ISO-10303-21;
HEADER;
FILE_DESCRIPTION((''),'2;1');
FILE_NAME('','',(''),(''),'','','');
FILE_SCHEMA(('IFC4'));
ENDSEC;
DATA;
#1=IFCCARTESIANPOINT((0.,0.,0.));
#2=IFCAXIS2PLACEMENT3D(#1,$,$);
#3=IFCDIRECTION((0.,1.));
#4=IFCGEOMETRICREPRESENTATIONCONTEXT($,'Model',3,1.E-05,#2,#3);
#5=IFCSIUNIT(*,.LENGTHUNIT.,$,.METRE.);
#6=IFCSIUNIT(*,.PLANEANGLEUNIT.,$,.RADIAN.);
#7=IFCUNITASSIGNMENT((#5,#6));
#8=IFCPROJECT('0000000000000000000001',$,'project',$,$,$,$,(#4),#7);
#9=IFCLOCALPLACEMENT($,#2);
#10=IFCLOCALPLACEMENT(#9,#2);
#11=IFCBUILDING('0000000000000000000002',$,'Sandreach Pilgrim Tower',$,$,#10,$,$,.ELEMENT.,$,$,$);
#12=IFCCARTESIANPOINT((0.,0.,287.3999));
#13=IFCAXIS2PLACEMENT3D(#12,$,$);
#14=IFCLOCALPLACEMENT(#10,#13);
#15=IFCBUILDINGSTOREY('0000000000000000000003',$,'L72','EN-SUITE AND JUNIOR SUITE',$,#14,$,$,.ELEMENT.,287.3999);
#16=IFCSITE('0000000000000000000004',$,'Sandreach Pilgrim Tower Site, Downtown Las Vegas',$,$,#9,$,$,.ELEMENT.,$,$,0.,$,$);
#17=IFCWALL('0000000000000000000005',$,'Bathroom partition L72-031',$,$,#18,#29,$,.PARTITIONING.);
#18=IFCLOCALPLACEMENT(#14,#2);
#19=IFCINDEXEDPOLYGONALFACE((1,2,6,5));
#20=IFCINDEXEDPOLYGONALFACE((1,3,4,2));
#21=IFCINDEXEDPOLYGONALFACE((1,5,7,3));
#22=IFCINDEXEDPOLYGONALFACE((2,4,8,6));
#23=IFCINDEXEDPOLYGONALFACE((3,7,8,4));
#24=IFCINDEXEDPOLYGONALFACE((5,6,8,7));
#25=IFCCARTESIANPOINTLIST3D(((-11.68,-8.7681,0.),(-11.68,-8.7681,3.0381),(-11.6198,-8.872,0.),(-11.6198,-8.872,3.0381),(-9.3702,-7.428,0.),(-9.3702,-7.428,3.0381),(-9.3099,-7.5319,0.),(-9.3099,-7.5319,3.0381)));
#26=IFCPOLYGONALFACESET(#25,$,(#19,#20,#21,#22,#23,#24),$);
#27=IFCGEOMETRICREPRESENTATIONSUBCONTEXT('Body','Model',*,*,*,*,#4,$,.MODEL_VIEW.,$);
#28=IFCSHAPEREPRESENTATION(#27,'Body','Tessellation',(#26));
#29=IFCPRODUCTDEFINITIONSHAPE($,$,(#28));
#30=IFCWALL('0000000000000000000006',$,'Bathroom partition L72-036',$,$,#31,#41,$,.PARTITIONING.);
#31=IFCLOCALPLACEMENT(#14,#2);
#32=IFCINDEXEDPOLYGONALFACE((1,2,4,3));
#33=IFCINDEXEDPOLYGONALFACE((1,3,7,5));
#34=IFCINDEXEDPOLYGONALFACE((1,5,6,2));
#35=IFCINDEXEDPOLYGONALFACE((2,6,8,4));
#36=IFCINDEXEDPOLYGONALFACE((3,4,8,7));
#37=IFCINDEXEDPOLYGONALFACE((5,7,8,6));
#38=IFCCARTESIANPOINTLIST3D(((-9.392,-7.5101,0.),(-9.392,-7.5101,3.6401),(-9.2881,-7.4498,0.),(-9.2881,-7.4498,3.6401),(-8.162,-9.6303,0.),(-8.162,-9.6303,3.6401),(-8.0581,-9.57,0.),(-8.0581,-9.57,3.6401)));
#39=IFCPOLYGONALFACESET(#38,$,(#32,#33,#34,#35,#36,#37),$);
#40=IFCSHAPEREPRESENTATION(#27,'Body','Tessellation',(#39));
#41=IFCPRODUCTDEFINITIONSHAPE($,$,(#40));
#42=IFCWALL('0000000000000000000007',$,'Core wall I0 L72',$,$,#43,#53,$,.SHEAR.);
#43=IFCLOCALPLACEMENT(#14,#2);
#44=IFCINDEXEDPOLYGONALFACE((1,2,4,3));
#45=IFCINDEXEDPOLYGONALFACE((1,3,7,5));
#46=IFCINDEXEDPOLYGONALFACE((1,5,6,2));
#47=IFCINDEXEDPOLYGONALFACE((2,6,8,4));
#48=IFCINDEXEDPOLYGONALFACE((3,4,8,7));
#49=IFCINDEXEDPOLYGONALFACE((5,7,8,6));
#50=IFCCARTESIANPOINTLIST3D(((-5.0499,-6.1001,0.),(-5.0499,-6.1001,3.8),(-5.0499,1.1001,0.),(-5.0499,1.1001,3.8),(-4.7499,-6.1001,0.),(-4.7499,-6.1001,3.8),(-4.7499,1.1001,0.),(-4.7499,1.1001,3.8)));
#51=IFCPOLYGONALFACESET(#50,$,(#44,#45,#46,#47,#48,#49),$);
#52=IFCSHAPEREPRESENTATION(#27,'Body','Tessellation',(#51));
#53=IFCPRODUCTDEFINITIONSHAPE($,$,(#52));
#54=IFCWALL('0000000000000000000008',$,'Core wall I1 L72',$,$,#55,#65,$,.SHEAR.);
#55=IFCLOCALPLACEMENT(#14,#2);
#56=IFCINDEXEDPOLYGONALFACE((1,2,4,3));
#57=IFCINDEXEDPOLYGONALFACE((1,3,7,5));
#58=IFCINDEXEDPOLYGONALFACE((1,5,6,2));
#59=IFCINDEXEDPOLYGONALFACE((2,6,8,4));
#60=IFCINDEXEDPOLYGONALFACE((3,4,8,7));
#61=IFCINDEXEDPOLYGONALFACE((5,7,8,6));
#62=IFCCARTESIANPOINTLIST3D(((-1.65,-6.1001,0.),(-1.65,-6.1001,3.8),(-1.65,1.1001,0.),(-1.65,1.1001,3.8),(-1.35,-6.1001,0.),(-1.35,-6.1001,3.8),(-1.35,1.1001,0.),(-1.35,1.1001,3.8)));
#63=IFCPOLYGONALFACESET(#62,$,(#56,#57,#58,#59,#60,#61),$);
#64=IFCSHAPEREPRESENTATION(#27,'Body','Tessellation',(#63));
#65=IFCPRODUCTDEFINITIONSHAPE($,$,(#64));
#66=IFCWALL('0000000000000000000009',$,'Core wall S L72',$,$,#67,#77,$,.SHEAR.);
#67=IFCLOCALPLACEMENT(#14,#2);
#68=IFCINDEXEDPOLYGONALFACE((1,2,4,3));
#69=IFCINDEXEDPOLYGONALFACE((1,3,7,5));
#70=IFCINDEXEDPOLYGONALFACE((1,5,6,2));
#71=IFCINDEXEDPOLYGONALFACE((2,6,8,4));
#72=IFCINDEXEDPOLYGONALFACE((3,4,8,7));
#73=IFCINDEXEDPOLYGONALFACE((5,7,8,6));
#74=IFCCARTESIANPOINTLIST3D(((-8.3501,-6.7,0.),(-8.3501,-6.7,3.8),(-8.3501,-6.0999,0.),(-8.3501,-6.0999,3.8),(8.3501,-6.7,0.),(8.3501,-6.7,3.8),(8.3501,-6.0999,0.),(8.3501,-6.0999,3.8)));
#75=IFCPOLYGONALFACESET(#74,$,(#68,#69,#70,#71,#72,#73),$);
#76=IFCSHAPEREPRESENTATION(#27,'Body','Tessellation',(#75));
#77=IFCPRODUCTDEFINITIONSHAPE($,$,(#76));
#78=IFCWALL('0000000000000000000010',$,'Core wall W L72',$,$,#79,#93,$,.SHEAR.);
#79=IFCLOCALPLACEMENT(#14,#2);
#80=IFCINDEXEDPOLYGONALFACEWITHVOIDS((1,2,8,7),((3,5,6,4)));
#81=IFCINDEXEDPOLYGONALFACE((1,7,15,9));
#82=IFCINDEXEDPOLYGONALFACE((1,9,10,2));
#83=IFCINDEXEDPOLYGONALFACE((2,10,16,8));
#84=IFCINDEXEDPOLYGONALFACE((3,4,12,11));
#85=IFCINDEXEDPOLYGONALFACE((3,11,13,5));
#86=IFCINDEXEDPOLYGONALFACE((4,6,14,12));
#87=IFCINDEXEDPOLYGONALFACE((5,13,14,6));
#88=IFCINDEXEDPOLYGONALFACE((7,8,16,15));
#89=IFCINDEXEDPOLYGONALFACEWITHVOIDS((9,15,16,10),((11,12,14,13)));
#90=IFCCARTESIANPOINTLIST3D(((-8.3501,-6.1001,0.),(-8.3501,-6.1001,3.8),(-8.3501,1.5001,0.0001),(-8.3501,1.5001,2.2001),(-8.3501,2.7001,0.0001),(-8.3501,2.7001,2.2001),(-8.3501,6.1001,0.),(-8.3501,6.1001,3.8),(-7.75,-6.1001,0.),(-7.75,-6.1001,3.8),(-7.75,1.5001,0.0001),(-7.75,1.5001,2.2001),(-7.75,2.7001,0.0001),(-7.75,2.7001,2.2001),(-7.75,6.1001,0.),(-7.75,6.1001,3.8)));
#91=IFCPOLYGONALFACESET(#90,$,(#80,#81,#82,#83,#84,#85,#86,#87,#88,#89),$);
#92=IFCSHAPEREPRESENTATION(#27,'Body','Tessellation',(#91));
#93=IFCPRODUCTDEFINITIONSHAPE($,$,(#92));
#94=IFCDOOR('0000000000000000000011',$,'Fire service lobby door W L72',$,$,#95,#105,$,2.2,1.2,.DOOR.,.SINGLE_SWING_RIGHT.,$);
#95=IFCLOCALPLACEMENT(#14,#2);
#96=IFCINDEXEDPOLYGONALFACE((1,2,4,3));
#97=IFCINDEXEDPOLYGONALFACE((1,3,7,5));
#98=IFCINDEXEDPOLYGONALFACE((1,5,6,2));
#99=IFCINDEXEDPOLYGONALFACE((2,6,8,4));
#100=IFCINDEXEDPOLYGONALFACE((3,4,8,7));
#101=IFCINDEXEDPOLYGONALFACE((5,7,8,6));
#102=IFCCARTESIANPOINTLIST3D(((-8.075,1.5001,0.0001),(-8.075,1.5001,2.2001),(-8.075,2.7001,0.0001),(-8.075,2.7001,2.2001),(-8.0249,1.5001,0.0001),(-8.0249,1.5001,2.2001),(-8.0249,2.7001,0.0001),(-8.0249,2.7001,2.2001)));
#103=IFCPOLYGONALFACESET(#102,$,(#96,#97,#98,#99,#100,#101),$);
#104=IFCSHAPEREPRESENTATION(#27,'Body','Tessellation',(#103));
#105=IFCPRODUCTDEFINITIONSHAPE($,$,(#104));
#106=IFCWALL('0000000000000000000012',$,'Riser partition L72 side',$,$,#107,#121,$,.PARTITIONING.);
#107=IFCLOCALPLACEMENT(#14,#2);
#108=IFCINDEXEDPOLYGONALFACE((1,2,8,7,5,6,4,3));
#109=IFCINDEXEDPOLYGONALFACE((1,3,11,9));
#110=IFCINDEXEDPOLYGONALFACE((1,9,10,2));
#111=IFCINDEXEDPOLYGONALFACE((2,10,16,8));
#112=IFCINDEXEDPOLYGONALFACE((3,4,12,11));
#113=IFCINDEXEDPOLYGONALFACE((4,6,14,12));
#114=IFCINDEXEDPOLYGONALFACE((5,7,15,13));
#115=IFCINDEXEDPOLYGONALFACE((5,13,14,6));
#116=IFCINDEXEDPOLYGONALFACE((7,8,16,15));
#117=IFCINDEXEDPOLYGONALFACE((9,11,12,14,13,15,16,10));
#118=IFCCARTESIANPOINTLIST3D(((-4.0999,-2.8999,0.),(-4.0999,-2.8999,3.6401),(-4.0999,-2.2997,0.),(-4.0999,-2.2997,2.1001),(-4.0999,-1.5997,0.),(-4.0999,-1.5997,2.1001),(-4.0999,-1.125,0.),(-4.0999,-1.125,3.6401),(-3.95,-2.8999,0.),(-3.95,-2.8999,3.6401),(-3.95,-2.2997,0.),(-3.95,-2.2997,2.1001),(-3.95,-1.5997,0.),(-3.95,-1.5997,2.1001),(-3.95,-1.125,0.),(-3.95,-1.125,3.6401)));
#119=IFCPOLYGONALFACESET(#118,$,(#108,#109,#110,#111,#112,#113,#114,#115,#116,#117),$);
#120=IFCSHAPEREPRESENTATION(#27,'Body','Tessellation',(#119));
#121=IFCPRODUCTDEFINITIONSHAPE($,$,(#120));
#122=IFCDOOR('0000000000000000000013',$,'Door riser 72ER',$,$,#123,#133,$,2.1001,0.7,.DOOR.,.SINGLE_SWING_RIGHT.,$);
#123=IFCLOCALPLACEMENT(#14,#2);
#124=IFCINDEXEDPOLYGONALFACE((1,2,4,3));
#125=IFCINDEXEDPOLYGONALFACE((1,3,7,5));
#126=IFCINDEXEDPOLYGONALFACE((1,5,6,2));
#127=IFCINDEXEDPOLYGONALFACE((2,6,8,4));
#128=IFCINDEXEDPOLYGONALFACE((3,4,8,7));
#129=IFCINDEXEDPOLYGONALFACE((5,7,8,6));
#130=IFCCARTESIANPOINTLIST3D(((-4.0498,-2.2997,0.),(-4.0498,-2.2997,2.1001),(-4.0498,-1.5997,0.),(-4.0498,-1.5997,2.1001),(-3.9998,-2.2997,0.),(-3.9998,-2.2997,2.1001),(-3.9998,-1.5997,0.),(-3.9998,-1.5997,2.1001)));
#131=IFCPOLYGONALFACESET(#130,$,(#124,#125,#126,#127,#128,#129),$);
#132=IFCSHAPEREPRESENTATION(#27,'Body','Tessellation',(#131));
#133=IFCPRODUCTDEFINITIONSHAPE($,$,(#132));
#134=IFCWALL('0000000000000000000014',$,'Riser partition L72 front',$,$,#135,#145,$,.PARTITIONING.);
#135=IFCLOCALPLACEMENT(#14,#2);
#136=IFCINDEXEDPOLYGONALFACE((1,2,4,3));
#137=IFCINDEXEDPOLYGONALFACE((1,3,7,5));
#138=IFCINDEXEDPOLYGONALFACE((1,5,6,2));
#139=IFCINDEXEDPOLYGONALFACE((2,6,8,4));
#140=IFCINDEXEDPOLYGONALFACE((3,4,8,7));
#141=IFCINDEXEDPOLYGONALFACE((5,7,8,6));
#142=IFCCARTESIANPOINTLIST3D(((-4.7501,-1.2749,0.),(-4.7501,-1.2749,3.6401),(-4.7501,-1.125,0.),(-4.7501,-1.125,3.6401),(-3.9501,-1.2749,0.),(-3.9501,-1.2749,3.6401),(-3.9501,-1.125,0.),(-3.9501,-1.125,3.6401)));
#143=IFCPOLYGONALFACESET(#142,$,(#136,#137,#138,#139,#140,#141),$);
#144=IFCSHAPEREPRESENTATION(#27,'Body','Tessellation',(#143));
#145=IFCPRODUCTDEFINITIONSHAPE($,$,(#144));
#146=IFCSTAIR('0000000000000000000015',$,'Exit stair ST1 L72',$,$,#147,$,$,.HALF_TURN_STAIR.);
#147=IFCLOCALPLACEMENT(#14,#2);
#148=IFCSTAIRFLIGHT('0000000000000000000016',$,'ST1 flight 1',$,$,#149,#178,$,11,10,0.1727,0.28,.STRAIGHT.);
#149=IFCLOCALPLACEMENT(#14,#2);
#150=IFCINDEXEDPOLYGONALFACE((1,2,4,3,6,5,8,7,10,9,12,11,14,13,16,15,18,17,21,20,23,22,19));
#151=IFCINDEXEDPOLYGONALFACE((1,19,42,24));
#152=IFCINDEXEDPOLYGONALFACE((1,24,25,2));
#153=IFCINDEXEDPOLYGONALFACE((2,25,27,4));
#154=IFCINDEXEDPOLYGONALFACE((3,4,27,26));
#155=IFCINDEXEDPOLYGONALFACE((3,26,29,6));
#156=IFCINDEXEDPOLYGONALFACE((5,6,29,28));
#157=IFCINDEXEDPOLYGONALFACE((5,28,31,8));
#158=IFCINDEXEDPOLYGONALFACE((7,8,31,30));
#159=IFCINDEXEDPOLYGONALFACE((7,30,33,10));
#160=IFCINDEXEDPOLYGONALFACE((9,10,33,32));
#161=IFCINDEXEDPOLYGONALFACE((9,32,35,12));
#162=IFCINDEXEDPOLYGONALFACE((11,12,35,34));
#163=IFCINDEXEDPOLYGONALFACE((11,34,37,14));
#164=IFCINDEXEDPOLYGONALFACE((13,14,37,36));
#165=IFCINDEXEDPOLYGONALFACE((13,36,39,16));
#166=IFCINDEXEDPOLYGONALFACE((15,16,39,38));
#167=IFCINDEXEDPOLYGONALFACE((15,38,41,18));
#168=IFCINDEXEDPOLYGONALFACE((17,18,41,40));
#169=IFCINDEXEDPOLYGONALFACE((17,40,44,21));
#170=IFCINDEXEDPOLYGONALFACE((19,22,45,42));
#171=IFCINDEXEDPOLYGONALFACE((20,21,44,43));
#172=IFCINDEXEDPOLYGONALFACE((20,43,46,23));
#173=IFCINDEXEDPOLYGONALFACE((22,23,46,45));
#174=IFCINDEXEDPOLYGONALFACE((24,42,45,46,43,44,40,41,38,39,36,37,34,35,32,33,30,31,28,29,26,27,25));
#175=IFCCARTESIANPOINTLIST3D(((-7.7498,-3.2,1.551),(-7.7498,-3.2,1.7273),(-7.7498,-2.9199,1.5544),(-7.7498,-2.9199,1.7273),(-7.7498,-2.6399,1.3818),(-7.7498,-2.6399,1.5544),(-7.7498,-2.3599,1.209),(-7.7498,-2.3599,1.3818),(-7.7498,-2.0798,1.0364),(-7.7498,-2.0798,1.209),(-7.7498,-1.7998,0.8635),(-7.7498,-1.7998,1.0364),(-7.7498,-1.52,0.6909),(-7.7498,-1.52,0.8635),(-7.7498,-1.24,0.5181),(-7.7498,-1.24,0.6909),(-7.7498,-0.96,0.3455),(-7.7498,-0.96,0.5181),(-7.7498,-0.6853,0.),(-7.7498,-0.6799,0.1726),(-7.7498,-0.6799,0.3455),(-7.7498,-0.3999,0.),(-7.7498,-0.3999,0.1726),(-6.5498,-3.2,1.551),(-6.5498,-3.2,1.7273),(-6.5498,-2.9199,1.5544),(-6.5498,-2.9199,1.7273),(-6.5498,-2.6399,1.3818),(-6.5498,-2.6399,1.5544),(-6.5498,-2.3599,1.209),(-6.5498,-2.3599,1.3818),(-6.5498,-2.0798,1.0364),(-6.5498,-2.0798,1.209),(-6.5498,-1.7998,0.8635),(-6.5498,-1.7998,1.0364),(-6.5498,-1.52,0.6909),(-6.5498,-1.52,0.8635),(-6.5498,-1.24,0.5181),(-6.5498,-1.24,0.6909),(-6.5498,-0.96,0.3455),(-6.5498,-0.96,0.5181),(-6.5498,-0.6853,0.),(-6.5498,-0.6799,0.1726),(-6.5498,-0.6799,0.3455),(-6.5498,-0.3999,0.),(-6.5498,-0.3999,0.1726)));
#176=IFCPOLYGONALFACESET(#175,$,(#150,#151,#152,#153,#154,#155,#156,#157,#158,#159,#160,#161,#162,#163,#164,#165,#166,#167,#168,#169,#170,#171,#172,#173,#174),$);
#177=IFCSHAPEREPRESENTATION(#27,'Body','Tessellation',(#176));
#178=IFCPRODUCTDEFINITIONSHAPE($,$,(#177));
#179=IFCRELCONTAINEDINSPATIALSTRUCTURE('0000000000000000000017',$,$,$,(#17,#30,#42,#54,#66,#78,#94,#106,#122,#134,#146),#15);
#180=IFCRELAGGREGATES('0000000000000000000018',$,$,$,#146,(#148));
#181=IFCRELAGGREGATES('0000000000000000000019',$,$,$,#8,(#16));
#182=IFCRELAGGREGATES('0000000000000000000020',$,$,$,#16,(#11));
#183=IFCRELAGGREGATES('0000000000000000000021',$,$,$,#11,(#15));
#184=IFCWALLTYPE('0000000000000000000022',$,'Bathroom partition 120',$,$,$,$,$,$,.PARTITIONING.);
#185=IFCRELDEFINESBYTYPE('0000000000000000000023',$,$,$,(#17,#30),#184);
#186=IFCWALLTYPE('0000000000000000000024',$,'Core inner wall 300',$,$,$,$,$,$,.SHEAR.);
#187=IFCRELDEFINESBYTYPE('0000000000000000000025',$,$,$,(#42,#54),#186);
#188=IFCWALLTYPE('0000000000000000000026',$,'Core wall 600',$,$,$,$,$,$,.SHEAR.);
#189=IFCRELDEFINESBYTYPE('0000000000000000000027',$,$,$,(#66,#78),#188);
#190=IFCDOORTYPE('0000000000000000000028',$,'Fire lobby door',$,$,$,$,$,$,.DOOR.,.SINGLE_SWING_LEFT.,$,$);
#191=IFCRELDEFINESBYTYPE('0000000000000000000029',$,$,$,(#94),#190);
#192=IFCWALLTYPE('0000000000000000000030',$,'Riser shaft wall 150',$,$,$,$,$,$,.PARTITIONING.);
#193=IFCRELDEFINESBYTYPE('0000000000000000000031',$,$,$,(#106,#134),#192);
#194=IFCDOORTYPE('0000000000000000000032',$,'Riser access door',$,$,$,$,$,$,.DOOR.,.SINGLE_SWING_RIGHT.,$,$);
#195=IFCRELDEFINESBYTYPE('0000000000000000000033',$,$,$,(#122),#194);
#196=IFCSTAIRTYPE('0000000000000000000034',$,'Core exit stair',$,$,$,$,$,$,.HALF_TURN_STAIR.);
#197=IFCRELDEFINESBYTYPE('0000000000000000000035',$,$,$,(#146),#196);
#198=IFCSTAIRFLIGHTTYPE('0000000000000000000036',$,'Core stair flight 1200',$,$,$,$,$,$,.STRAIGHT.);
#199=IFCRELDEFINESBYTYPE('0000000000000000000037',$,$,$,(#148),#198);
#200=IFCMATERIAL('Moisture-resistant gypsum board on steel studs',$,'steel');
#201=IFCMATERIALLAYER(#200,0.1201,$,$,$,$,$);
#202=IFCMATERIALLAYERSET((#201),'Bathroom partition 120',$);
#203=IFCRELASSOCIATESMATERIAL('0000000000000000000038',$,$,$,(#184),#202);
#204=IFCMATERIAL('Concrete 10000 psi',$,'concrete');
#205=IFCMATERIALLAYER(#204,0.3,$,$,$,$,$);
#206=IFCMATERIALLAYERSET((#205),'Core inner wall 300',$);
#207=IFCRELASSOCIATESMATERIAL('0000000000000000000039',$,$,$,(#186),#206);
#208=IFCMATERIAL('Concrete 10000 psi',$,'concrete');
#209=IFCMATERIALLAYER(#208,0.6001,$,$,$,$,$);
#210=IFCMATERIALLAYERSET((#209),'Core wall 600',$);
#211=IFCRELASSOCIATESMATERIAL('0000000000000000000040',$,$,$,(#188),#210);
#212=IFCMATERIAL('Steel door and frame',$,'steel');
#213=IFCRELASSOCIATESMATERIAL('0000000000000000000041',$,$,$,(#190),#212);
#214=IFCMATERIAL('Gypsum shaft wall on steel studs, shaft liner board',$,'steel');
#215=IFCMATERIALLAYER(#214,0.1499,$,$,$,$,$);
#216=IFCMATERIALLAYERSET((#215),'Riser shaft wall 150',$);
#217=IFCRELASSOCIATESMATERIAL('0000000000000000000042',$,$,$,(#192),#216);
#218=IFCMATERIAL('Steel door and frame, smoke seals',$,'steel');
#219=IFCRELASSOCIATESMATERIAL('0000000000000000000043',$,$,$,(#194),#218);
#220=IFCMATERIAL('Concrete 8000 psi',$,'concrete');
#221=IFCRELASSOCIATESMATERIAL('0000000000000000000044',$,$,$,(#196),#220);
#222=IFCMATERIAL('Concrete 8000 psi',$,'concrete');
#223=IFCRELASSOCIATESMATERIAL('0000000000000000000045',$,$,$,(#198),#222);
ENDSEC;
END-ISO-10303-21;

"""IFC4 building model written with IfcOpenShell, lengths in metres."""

from ifc_helpers import new_model, si_unit, direction, frame, frame_2d, origin, place, context, subcontext, project, spatial, polyline, rectangle, outline, extrude, material, layer, layer_set, type_object, element, fill, aggregate, save


model = new_model("IFC4")

# Units and contexts
model_context = context("Model", 3, precision=1e-05, world=origin(), true_north=direction((0.0, 1.0)))
body_context = subcontext(model_context, "Body", "Model", "MODEL_VIEW")
ifc_project = project(units=[si_unit("LENGTHUNIT", "METRE"), si_unit("PLANEANGLEUNIT", "RADIAN")], contexts=[model_context])

# Site, building, storey
site_placement = place(None, origin())
site = spatial("IfcSite", under=ifc_project, at=site_placement, Name="Sandreach Pilgrim Tower Site, Downtown Las Vegas", CompositionType="ELEMENT", RefElevation=0.0)
building_placement = place(site_placement, origin())
building = spatial("IfcBuilding", under=site, at=building_placement, Name="Sandreach Pilgrim Tower", CompositionType="ELEMENT")
storey_placement = place(building_placement, frame((0.0, 0.0, 287.3999)))
storey = spatial("IfcBuildingStorey", under=building, at=storey_placement, Name="L72", Description="EN-SUITE AND JUNIOR SUITE", CompositionType="ELEMENT", Elevation=287.3999)

# Walls
ifc_material_1 = material(Name="Moisture-resistant gypsum board on steel studs", Category="steel")
ifc_layer_1 = layer(ifc_material_1, 0.1201)
ifc_layer_set_1 = layer_set([ifc_layer_1], Name="Bathroom partition 120")
wall_type_1 = type_object("IfcWallType", Name="Bathroom partition 120", PredefinedType="PARTITIONING", material=ifc_layer_set_1)
wall_1_placement = place(storey_placement, frame((-11.6499, -8.8201, 0.0), z_axis=(0.0, 0.0, 1.0), x_axis=(0.864967, 0.501829, 0.0)))
element("IfcWall", 1, at=wall_1_placement, inside=storey, type_object=wall_type_1, Name="Bathroom partition L72-031", PredefinedType="PARTITIONING", context=body_context, shape_type="SweptSolid", body=[
    extrude(rectangle(XDim=2.6704, YDim=0.1201, at=frame_2d((1.3352, 0.0))), origin(), (0.0, 0.0, 1.0), 3.0381),
])
wall_2_placement = place(storey_placement, frame((-9.3401, -7.48, 0.0), z_axis=(0.0, 0.0, 1.0), x_axis=(0.501813, -0.864976, 0.0)))
element("IfcWall", 2, at=wall_2_placement, inside=storey, type_object=wall_type_1, Name="Bathroom partition L72-036", PredefinedType="PARTITIONING", context=body_context, shape_type="SweptSolid", body=[
    extrude(rectangle(XDim=2.4512, YDim=0.1201, at=frame_2d((1.2256, 0.0))), origin(), (0.0, 0.0, 1.0), 3.6401),
])
ifc_material_2 = material(Name="Concrete 10000 psi", Category="concrete")
ifc_layer_2 = layer(ifc_material_2, 0.3)
ifc_layer_set_2 = layer_set([ifc_layer_2], Name="Core inner wall 300")
wall_type_2 = type_object("IfcWallType", Name="Core inner wall 300", PredefinedType="SHEAR", material=ifc_layer_set_2)
for number, where, z_axis, x_axis, name in (
    (3, (-4.8999, -6.1001, 0.0), (0.0, 0.0, 1.0), (0.0, 1.0, 0.0), "Core wall I0 L72"),
    (4, (-1.5, -6.1001, 0.0), (0.0, 0.0, 1.0), (0.0, 1.0, 0.0), "Core wall I1 L72"),
):
    element("IfcWall", number, at=place(storey_placement, frame(where, z_axis=z_axis, x_axis=x_axis)), inside=storey, type_object=wall_type_2, Name=name, PredefinedType="SHEAR", context=body_context, shape_type="SweptSolid", body=[
        extrude(rectangle(XDim=7.2002, YDim=0.3, at=frame_2d((3.6001, 0.0))), origin(), (0.0, 0.0, 1.0), 3.8),
    ])

# Wall
ifc_material_3 = material(Name="Concrete 10000 psi", Category="concrete")
ifc_layer_3 = layer(ifc_material_3, 0.6001)
ifc_layer_set_3 = layer_set([ifc_layer_3], Name="Core wall 600")
wall_type_3 = type_object("IfcWallType", Name="Core wall 600", PredefinedType="SHEAR", material=ifc_layer_set_3)
wall_3_placement = place(storey_placement, frame((-8.3501, -6.3999, 0.0), z_axis=(0.0, 0.0, 1.0), x_axis=(1.0, 0.0, 0.0)))
element("IfcWall", 5, at=wall_3_placement, inside=storey, type_object=wall_type_3, Name="Core wall S L72", PredefinedType="SHEAR", context=body_context, shape_type="SweptSolid", body=[
    extrude(rectangle(XDim=16.7002, YDim=0.6001, at=frame_2d((8.3501, 0.0))), origin(), (0.0, 0.0, 1.0), 3.8),
])

# Walls, openings, doors
wall_4_placement = place(storey_placement, frame((-8.05, -6.1001, 0.0), z_axis=(0.0, 0.0, 1.0), x_axis=(0.0, 1.0, 0.0)))
wall_4 = element("IfcWall", 6, at=wall_4_placement, inside=storey, type_object=wall_type_3, Name="Core wall W L72", PredefinedType="SHEAR", context=body_context, shape_type="SweptSolid", body=[
    extrude(rectangle(XDim=12.2002, YDim=0.6001, at=frame_2d((6.1001, 0.0))), origin(), (0.0, 0.0, 1.0), 3.8),
])
opening_1_placement = place(wall_4_placement, frame((7.6001, 0.0, 0.0)))
opening_1 = element("IfcOpeningElement", 7, at=opening_1_placement, cuts=wall_4, PredefinedType="OPENING", context=body_context, shape_type="SweptSolid", body=[
    extrude(rectangle(XDim=1.2, YDim=2.2, at=frame_2d((0.6001, 1.1001))), frame((0.0, 0.3, 0.0), z_axis=(0.0, -1.0, 0.0), x_axis=(1.0, 0.0, 0.0)), (0.0, 0.0, 1.0), 0.6001),
])
ifc_material_4 = material(Name="Steel door and frame", Category="steel")
door_type_1 = type_object("IfcDoorType", Name="Fire lobby door", OperationType="SINGLE_SWING_LEFT", PredefinedType="DOOR", material=ifc_material_4)
door_1_placement = place(opening_1_placement, origin())
door_1 = element("IfcDoor", 8, at=door_1_placement, inside=storey, type_object=door_type_1, Name="Fire service lobby door W L72", OperationType="SINGLE_SWING_RIGHT", OverallHeight=2.2, OverallWidth=1.2, PredefinedType="DOOR", context=body_context, shape_type="SweptSolid", body=[
    extrude(rectangle(XDim=1.2, YDim=2.2, at=frame_2d((0.6001, 1.1001))), frame((0.0, 0.0249, 0.0), z_axis=(0.0, -1.0, 0.0), x_axis=(1.0, 0.0, 0.0)), (0.0, 0.0, 1.0), 0.05),
])
fill(opening_1, door_1)
ifc_material_5 = material(Name="Gypsum shaft wall on steel studs, shaft liner board", Category="steel")
ifc_layer_4 = layer(ifc_material_5, 0.1499)
ifc_layer_set_4 = layer_set([ifc_layer_4], Name="Riser shaft wall 150")
wall_type_4 = type_object("IfcWallType", Name="Riser shaft wall 150", PredefinedType="PARTITIONING", material=ifc_layer_set_4)
wall_5_placement = place(storey_placement, frame((-4.0249, -2.8999, 0.0), z_axis=(0.0, 0.0, 1.0), x_axis=(0.0, 1.0, 0.0)))
wall_5 = element("IfcWall", 9, at=wall_5_placement, inside=storey, type_object=wall_type_4, Name="Riser partition L72 side", PredefinedType="PARTITIONING", context=body_context, shape_type="SweptSolid", body=[
    extrude(rectangle(XDim=1.7749, YDim=0.1499, at=frame_2d((0.8875, 0.0))), origin(), (0.0, 0.0, 1.0), 3.6401),
])
opening_2_placement = place(wall_5_placement, frame((0.6001, 0.0, 0.0)))
opening_2 = element("IfcOpeningElement", 10, at=opening_2_placement, cuts=wall_5, PredefinedType="OPENING", context=body_context, shape_type="SweptSolid", body=[
    extrude(rectangle(XDim=0.7, YDim=2.1001, at=frame_2d((0.3501, 1.05))), frame((0.0, 0.075, 0.0), z_axis=(0.0, -1.0, 0.0), x_axis=(1.0, 0.0, 0.0)), (0.0, 0.0, 1.0), 0.1499),
])
ifc_material_6 = material(Name="Steel door and frame, smoke seals", Category="steel")
door_type_2 = type_object("IfcDoorType", Name="Riser access door", OperationType="SINGLE_SWING_RIGHT", PredefinedType="DOOR", material=ifc_material_6)
door_2_placement = place(opening_2_placement, origin())
door_2 = element("IfcDoor", 11, at=door_2_placement, inside=storey, type_object=door_type_2, Name="Door riser 72ER", OperationType="SINGLE_SWING_RIGHT", OverallHeight=2.1001, OverallWidth=0.7, PredefinedType="DOOR", context=body_context, shape_type="SweptSolid", body=[
    extrude(rectangle(XDim=0.7, YDim=2.1001, at=frame_2d((0.3501, 1.05))), frame((0.0, 0.0249, 0.0), z_axis=(0.0, -1.0, 0.0), x_axis=(1.0, 0.0, 0.0)), (0.0, 0.0, 1.0), 0.05),
])
fill(opening_2, door_2)

# Wall
wall_6_placement = place(storey_placement, frame((-4.75, -1.2, 0.0), z_axis=(0.0, 0.0, 1.0), x_axis=(1.0, 0.0, 0.0)))
element("IfcWall", 12, at=wall_6_placement, inside=storey, type_object=wall_type_4, Name="Riser partition L72 front", PredefinedType="PARTITIONING", context=body_context, shape_type="SweptSolid", body=[
    extrude(rectangle(XDim=0.8, YDim=0.1499, at=frame_2d((0.3999, 0.0))), origin(), (0.0, 0.0, 1.0), 3.6401),
])

# Stair, stair flight
ifc_material_7 = material(Name="Concrete 8000 psi", Category="concrete")
stair_type = type_object("IfcStairType", Name="Core exit stair", PredefinedType="HALF_TURN_STAIR", material=ifc_material_7)
stair_1_placement = place(storey_placement, origin())
stair_1 = element("IfcStair", 13, at=stair_1_placement, inside=storey, type_object=stair_type, Name="Exit stair ST1 L72", PredefinedType="HALF_TURN_STAIR")
ifc_material_8 = material(Name="Concrete 8000 psi", Category="concrete")
stair_flight_type = type_object("IfcStairFlightType", Name="Core stair flight 1200", PredefinedType="STRAIGHT", material=ifc_material_8)
stair_flight_1_placement = place(storey_placement, frame((-7.1499, -0.3999, 0.0), z_axis=(0.0, 0.0, 1.0), x_axis=(0.0, -1.0, 0.0)))
stair_flight_1 = element("IfcStairFlight", 14, at=stair_flight_1_placement, type_object=stair_flight_type, Name="ST1 flight 1", NumberOfRisers=11, NumberOfTreads=10, PredefinedType="STRAIGHT", RiserHeight=0.1727, TreadLength=0.28, context=body_context, shape_type="SweptSolid", body=[
    extrude(outline(polyline([(0.0, 0.0), (0.0, 0.1726), (0.28, 0.1726), (0.28, 0.3455), (0.5601, 0.3455), (0.5601, 0.5181), (0.8401, 0.5181), (0.8401, 0.6909), (1.1201, 0.6909), (1.1201, 0.8635), (1.3999, 0.8635), (1.3999, 1.0364), (1.6799, 1.0364), (1.6799, 1.209), (1.96, 1.209), (1.96, 1.3818), (2.24, 1.3818), (2.24, 1.5544), (2.52, 1.5544), (2.52, 1.7273), (2.8, 1.7273), (2.8, 1.8999), (2.8, 1.551), (0.2854, 0.0), (0.0, 0.0)])), frame((0.0, 0.6001, 0.0), z_axis=(0.0, -1.0, 0.0), x_axis=(1.0, 0.0, 0.0)), (0.0, 0.0, 1.0), 1.2),
])
aggregate(stair_1, [stair_flight_1])

save(model, "model.ifc")
